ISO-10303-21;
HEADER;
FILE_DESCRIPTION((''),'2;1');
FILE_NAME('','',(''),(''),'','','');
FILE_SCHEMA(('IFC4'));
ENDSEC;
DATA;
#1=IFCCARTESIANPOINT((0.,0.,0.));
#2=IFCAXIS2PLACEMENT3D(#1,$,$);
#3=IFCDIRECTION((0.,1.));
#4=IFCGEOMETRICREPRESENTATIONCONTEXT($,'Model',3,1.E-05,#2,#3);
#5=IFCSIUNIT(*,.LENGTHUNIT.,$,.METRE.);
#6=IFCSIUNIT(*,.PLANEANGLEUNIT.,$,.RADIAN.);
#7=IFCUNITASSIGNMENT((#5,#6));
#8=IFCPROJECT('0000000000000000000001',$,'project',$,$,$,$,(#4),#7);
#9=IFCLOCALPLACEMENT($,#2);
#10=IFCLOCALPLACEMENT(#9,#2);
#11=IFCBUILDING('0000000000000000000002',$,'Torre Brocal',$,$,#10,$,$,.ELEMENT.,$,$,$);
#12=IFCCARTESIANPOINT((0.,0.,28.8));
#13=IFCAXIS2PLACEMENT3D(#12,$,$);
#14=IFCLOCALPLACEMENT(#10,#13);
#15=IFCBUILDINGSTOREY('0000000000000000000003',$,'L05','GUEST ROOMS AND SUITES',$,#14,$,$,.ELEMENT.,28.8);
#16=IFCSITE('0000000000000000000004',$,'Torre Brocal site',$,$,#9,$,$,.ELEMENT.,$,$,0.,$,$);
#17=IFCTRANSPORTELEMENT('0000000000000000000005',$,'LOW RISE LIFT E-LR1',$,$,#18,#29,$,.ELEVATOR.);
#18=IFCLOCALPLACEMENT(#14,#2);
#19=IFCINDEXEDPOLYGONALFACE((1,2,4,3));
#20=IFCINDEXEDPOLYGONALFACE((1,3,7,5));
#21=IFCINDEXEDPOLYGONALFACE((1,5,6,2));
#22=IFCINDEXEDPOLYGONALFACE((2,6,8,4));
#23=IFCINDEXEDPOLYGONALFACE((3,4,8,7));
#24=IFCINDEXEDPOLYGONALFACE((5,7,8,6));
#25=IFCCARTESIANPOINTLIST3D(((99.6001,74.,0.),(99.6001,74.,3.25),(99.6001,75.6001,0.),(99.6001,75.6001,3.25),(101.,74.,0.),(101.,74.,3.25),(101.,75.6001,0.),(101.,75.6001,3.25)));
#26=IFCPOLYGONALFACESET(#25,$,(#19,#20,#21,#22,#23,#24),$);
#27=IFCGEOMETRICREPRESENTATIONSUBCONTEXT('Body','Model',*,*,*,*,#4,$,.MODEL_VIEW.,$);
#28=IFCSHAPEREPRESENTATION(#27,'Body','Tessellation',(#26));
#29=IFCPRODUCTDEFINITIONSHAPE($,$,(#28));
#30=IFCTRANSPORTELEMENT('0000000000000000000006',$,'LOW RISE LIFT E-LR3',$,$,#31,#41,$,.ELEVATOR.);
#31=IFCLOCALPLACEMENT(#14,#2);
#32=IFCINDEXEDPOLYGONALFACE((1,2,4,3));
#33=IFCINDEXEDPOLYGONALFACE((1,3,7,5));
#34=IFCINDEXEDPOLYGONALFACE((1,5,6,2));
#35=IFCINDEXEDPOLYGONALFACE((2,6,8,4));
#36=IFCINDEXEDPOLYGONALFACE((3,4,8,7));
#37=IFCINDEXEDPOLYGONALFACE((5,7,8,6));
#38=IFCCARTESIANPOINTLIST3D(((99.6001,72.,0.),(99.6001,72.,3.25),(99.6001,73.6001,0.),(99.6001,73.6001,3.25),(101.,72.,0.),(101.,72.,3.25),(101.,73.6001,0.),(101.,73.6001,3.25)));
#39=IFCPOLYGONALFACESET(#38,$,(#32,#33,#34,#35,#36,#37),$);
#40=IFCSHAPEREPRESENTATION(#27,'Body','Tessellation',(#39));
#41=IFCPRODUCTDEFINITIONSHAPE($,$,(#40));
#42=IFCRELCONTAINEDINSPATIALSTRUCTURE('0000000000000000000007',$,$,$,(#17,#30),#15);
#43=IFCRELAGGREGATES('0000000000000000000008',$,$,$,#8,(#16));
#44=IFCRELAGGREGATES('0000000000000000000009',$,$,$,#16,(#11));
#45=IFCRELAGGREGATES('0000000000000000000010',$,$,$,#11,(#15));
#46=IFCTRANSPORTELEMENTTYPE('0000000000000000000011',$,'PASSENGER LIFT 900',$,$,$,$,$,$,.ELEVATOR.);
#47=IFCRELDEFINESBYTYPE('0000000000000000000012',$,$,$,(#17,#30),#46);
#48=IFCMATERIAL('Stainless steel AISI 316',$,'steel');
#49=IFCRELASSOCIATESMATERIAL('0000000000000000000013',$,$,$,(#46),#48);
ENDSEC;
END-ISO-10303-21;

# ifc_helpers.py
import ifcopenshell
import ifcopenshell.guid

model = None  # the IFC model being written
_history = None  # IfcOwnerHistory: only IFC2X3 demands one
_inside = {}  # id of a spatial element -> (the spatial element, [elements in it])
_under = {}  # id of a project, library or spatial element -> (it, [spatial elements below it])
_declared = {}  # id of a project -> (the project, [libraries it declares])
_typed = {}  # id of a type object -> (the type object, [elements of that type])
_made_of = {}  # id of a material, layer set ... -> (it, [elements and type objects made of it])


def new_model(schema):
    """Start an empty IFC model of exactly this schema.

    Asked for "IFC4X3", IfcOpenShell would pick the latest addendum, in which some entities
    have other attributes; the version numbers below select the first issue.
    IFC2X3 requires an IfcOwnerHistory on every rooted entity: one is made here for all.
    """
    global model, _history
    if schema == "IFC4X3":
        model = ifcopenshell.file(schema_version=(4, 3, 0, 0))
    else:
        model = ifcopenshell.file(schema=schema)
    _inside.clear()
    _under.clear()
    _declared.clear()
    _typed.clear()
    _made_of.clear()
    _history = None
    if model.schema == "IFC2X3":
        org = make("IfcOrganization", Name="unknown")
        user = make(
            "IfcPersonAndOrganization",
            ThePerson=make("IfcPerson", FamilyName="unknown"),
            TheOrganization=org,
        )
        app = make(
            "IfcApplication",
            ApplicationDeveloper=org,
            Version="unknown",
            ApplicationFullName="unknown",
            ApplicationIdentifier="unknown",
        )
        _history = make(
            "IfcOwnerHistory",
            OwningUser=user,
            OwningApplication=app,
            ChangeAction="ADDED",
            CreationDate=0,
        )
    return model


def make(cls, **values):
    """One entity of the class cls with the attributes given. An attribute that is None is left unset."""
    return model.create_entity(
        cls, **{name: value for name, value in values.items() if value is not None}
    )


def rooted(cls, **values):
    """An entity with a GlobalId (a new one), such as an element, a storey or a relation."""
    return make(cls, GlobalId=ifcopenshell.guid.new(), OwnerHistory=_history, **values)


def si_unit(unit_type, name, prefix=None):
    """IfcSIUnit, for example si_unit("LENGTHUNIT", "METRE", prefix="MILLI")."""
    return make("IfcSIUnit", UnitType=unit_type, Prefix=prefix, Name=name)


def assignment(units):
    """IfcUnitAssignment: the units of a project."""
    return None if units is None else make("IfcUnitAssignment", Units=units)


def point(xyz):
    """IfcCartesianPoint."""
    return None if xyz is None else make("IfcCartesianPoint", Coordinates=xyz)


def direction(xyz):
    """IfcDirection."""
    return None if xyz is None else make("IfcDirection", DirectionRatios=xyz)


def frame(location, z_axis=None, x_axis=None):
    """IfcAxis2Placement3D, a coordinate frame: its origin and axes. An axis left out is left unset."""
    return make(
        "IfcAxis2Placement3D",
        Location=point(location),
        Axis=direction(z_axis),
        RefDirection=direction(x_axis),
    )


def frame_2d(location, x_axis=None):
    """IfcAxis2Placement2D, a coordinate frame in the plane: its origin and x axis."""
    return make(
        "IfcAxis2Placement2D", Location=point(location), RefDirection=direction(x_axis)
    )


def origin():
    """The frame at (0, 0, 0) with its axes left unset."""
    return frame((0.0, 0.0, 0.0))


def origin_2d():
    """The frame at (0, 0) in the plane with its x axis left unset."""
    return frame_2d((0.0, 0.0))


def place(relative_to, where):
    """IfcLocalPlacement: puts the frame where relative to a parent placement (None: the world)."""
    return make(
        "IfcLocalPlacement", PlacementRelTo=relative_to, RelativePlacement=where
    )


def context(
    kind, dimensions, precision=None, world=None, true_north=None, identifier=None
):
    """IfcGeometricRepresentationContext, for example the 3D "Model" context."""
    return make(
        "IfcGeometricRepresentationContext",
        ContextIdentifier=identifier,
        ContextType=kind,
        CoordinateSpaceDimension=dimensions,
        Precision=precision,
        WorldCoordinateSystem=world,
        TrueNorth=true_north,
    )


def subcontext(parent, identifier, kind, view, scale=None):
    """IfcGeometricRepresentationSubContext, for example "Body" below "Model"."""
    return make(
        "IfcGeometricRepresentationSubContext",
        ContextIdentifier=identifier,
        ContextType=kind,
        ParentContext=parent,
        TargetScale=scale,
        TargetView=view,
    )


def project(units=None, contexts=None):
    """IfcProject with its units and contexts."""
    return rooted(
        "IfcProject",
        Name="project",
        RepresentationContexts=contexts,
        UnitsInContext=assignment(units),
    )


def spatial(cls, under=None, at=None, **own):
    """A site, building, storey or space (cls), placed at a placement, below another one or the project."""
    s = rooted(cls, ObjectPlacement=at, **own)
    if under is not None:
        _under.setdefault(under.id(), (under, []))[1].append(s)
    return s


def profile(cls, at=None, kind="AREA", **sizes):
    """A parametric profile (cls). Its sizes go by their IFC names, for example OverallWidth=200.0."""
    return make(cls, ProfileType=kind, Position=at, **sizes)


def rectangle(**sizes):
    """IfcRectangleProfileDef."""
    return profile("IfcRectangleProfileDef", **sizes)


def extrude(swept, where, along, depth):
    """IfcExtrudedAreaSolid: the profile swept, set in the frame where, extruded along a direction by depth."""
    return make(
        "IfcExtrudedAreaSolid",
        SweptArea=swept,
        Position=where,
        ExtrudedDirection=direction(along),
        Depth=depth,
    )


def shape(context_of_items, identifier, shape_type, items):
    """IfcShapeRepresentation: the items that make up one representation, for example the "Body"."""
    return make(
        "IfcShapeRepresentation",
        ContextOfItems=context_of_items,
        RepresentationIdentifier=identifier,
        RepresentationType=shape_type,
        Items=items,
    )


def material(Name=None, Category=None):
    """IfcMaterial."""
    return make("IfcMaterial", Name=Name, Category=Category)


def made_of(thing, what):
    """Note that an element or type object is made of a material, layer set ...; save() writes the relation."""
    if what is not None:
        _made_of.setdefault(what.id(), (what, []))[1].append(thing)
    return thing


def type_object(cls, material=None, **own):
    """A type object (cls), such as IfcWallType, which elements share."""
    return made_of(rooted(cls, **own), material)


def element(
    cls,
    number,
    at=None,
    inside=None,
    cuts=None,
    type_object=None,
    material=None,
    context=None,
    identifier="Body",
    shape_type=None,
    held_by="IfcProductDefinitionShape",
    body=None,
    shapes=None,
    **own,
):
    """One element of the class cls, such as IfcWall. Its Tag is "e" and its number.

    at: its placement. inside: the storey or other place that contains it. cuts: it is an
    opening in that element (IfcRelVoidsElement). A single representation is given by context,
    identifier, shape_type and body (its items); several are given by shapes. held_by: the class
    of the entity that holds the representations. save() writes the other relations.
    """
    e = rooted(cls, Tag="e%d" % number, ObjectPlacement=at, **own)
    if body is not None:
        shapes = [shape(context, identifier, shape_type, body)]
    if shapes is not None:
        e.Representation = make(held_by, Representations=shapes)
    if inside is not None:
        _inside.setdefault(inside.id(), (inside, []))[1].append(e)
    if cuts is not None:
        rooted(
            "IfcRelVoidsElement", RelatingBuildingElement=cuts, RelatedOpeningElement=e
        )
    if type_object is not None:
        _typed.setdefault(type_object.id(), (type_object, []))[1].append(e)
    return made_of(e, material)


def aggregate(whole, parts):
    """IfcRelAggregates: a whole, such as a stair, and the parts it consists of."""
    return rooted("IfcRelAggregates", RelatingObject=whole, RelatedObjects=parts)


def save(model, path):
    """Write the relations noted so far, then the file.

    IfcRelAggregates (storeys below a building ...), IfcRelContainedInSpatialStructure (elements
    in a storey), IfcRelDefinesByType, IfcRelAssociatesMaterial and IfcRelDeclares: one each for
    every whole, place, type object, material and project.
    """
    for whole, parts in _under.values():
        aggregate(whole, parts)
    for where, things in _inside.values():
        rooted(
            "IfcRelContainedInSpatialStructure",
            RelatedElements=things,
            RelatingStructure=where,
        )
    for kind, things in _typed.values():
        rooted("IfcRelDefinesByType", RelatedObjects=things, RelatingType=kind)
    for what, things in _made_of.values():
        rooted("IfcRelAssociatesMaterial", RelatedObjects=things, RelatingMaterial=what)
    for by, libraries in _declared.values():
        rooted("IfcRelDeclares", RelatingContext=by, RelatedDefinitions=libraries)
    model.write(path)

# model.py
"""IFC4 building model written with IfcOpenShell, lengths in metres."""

from ifc_helpers import new_model, si_unit, direction, frame, origin, origin_2d, place, context, subcontext, project, spatial, rectangle, extrude, material, type_object, element, save


model = new_model("IFC4")

# Units and contexts
model_context = context("Model", 3, precision=1e-05, world=origin(), true_north=direction((0.0, 1.0)))
body_context = subcontext(model_context, "Body", "Model", "MODEL_VIEW")
ifc_project = project(units=[si_unit("LENGTHUNIT", "METRE"), si_unit("PLANEANGLEUNIT", "RADIAN")], contexts=[model_context])

# Site, building, storey
site_placement = place(None, origin())
site = spatial("IfcSite", under=ifc_project, at=site_placement, Name="Torre Brocal site", CompositionType="ELEMENT", RefElevation=0.0)
building_placement = place(site_placement, origin())
building = spatial("IfcBuilding", under=site, at=building_placement, Name="Torre Brocal", CompositionType="ELEMENT")
storey_placement = place(building_placement, frame((0.0, 0.0, 28.8)))
storey = spatial("IfcBuildingStorey", under=building, at=storey_placement, Name="L05", Description="GUEST ROOMS AND SUITES", CompositionType="ELEMENT", Elevation=28.8)

# Transport elements
ifc_material_1 = material(Name="Stainless steel AISI 316", Category="steel")
transport_element_type_1 = type_object("IfcTransportElementType", Name="PASSENGER LIFT 900", PredefinedType="ELEVATOR", material=ifc_material_1)
for number, where, z_axis, x_axis, name in (
    (1, (100.3, 74.8, 0.0), (0.0, 0.0, 1.0), (1.0, 0.0, 0.0), "LOW RISE LIFT E-LR1"),
    (2, (100.3, 72.8, 0.0), (0.0, 0.0, 1.0), (1.0, 0.0, 0.0), "LOW RISE LIFT E-LR3"),
):
    element("IfcTransportElement", number, at=place(storey_placement, frame(where, z_axis=z_axis, x_axis=x_axis)), inside=storey, type_object=transport_element_type_1, Name=name, PredefinedType="ELEVATOR", context=body_context, shape_type="SweptSolid", body=[
        extrude(rectangle(XDim=1.3999, YDim=1.6001, at=origin_2d()), origin(), (0.0, 0.0, 1.0), 3.25),
    ])

save(model, "model.ifc")
